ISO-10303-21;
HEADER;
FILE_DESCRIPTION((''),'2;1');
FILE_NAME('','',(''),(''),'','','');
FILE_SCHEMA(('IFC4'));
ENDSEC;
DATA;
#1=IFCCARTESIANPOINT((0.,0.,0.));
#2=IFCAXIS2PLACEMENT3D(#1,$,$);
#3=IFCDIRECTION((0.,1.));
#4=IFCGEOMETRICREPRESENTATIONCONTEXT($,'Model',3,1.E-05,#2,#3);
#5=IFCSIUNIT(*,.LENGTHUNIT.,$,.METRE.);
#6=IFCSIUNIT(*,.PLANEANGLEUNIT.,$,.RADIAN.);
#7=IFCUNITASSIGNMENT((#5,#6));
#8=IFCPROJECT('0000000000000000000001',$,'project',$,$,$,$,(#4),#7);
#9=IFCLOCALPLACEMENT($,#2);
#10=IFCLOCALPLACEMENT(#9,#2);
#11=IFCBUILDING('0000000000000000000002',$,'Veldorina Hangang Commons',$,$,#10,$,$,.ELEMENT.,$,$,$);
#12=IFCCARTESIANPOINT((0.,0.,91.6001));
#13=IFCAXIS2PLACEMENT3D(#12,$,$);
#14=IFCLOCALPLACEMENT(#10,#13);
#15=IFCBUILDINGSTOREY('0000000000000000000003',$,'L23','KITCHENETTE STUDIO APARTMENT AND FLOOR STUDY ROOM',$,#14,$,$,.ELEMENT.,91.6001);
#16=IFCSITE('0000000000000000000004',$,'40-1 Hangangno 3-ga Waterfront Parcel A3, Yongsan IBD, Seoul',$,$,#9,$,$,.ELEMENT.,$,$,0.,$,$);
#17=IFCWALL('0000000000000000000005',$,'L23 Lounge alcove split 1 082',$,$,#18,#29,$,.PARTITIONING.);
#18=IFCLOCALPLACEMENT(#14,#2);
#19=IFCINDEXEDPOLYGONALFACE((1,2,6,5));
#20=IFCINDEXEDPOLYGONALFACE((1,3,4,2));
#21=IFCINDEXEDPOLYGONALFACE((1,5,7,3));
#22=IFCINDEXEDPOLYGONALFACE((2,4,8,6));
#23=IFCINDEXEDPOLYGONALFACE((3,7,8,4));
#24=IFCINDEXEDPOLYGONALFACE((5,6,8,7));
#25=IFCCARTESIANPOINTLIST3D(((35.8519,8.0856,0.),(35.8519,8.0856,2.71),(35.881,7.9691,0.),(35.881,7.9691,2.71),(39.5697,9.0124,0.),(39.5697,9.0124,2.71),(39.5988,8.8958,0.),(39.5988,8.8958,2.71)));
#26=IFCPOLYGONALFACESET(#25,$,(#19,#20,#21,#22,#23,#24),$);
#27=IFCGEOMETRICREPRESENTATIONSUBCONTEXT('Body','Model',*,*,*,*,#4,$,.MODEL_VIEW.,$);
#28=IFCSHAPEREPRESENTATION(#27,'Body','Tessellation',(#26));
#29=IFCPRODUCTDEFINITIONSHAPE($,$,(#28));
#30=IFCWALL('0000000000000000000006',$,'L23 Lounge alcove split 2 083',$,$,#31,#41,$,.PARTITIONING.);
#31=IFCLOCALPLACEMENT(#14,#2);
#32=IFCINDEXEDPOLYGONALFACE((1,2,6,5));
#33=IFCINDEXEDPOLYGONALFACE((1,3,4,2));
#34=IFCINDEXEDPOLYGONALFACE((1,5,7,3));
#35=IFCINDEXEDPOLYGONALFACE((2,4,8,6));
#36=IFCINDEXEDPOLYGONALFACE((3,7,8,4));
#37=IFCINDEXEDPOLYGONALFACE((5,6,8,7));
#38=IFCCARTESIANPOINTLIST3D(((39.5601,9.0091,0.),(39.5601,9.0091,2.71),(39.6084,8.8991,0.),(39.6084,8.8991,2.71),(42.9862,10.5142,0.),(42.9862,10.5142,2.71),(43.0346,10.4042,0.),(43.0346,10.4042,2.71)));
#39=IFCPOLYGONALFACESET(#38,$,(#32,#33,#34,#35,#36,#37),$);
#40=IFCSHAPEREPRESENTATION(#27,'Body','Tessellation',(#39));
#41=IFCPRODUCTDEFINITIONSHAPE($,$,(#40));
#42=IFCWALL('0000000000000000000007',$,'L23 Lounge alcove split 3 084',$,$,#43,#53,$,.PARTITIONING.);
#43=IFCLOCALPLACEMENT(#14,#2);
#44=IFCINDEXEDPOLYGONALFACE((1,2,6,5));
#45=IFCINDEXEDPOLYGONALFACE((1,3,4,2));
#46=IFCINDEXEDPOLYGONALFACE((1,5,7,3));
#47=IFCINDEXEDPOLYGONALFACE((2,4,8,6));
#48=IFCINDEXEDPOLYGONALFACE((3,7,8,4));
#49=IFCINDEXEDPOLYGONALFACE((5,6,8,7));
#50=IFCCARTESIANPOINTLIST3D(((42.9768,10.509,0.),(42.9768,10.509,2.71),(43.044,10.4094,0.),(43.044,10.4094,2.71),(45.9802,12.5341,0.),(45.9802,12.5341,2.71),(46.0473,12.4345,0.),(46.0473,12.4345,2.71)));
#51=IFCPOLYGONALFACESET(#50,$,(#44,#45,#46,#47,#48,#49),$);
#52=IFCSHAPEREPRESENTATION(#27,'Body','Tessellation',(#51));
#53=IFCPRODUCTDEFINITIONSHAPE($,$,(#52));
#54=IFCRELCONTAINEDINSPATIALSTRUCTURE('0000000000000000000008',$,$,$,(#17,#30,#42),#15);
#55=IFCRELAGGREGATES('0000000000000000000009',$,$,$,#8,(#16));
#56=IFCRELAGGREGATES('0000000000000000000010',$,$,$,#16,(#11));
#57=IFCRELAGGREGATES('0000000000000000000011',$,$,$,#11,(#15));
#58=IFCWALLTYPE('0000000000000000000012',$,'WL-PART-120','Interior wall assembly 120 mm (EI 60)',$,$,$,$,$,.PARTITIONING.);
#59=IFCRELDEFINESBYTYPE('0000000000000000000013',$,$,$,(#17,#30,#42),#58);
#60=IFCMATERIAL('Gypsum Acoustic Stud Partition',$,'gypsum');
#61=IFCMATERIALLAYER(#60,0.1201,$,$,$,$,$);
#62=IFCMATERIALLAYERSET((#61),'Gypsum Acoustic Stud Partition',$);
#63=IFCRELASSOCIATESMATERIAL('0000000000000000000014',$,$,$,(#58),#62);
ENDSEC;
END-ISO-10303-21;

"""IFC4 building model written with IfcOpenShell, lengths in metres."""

from ifc_helpers import new_model, si_unit, direction, frame, frame_2d, origin, place, context, subcontext, project, spatial, rectangle, extrude, material, layer, layer_set, type_object, element, save


model = new_model("IFC4")

# Units and contexts
model_context = context("Model", 3, precision=1e-05, world=origin(), true_north=direction((0.0, 1.0)))
body_context = subcontext(model_context, "Body", "Model", "MODEL_VIEW")
ifc_project = project(units=[si_unit("LENGTHUNIT", "METRE"), si_unit("PLANEANGLEUNIT", "RADIAN")], contexts=[model_context])

# Site, building, storey
site_placement = place(None, origin())
site = spatial("IfcSite", under=ifc_project, at=site_placement, Name="40-1 Hangangno 3-ga Waterfront Parcel A3, Yongsan IBD, Seoul", CompositionType="ELEMENT", RefElevation=0.0)
building_placement = place(site_placement, origin())
building = spatial("IfcBuilding", under=site, at=building_placement, Name="Veldorina Hangang Commons", CompositionType="ELEMENT")
storey_placement = place(building_placement, frame((0.0, 0.0, 91.6001)))
storey = spatial("IfcBuildingStorey", under=building, at=storey_placement, Name="L23", Description="KITCHENETTE STUDIO APARTMENT AND FLOOR STUDY ROOM", CompositionType="ELEMENT", Elevation=91.6001)

# Shared definitions
ifc_material_1 = material(Name="Gypsum Acoustic Stud Partition", Category="gypsum")
ifc_layer_1 = layer(ifc_material_1, 0.1201)
ifc_layer_set_1 = layer_set([ifc_layer_1], Name="Gypsum Acoustic Stud Partition")
wall_type_1 = type_object("IfcWallType", Name="WL-PART-120", Description="Interior wall assembly 120 mm (EI 60)", PredefinedType="PARTITIONING", material=ifc_layer_set_1)

# Walls
wall_1_placement = place(storey_placement, frame((35.8665, 8.0273, 0.0), z_axis=(0.0, 0.0, 1.0), x_axis=(0.970307, 0.241876, 0.0)))
element("IfcWall", 1, at=wall_1_placement, inside=storey, type_object=wall_type_1, Name="L23 Lounge alcove split 1 082", PredefinedType="PARTITIONING", context=body_context, shape_type="SweptSolid", body=[
    extrude(rectangle(XDim=3.8315, YDim=0.1201, at=frame_2d((1.9158, 0.0))), origin(), (0.0, 0.0, 1.0), 2.71),
])
wall_2_placement = place(storey_placement, frame((39.5842, 8.9541, 0.0), z_axis=(0.0, 0.0, 1.0), x_axis=(0.915554, 0.402194, 0.0)))
element("IfcWall", 2, at=wall_2_placement, inside=storey, type_object=wall_type_1, Name="L23 Lounge alcove split 2 083", PredefinedType="PARTITIONING", context=body_context, shape_type="SweptSolid", body=[
    extrude(rectangle(XDim=3.7422, YDim=0.1201, at=frame_2d((1.8711, 0.0))), origin(), (0.0, 0.0, 1.0), 2.71),
])
wall_3_placement = place(storey_placement, frame((43.0105, 10.4592, 0.0), z_axis=(0.0, 0.0, 1.0), x_axis=(0.829125, 0.559063, 0.0)))
element("IfcWall", 3, at=wall_3_placement, inside=storey, type_object=wall_type_1, Name="L23 Lounge alcove split 3 084", PredefinedType="PARTITIONING", context=body_context, shape_type="SweptSolid", body=[
    extrude(rectangle(XDim=3.6223, YDim=0.1201, at=frame_2d((1.811, 0.0))), origin(), (0.0, 0.0, 1.0), 2.71),
])

save(model, "model.ifc")
